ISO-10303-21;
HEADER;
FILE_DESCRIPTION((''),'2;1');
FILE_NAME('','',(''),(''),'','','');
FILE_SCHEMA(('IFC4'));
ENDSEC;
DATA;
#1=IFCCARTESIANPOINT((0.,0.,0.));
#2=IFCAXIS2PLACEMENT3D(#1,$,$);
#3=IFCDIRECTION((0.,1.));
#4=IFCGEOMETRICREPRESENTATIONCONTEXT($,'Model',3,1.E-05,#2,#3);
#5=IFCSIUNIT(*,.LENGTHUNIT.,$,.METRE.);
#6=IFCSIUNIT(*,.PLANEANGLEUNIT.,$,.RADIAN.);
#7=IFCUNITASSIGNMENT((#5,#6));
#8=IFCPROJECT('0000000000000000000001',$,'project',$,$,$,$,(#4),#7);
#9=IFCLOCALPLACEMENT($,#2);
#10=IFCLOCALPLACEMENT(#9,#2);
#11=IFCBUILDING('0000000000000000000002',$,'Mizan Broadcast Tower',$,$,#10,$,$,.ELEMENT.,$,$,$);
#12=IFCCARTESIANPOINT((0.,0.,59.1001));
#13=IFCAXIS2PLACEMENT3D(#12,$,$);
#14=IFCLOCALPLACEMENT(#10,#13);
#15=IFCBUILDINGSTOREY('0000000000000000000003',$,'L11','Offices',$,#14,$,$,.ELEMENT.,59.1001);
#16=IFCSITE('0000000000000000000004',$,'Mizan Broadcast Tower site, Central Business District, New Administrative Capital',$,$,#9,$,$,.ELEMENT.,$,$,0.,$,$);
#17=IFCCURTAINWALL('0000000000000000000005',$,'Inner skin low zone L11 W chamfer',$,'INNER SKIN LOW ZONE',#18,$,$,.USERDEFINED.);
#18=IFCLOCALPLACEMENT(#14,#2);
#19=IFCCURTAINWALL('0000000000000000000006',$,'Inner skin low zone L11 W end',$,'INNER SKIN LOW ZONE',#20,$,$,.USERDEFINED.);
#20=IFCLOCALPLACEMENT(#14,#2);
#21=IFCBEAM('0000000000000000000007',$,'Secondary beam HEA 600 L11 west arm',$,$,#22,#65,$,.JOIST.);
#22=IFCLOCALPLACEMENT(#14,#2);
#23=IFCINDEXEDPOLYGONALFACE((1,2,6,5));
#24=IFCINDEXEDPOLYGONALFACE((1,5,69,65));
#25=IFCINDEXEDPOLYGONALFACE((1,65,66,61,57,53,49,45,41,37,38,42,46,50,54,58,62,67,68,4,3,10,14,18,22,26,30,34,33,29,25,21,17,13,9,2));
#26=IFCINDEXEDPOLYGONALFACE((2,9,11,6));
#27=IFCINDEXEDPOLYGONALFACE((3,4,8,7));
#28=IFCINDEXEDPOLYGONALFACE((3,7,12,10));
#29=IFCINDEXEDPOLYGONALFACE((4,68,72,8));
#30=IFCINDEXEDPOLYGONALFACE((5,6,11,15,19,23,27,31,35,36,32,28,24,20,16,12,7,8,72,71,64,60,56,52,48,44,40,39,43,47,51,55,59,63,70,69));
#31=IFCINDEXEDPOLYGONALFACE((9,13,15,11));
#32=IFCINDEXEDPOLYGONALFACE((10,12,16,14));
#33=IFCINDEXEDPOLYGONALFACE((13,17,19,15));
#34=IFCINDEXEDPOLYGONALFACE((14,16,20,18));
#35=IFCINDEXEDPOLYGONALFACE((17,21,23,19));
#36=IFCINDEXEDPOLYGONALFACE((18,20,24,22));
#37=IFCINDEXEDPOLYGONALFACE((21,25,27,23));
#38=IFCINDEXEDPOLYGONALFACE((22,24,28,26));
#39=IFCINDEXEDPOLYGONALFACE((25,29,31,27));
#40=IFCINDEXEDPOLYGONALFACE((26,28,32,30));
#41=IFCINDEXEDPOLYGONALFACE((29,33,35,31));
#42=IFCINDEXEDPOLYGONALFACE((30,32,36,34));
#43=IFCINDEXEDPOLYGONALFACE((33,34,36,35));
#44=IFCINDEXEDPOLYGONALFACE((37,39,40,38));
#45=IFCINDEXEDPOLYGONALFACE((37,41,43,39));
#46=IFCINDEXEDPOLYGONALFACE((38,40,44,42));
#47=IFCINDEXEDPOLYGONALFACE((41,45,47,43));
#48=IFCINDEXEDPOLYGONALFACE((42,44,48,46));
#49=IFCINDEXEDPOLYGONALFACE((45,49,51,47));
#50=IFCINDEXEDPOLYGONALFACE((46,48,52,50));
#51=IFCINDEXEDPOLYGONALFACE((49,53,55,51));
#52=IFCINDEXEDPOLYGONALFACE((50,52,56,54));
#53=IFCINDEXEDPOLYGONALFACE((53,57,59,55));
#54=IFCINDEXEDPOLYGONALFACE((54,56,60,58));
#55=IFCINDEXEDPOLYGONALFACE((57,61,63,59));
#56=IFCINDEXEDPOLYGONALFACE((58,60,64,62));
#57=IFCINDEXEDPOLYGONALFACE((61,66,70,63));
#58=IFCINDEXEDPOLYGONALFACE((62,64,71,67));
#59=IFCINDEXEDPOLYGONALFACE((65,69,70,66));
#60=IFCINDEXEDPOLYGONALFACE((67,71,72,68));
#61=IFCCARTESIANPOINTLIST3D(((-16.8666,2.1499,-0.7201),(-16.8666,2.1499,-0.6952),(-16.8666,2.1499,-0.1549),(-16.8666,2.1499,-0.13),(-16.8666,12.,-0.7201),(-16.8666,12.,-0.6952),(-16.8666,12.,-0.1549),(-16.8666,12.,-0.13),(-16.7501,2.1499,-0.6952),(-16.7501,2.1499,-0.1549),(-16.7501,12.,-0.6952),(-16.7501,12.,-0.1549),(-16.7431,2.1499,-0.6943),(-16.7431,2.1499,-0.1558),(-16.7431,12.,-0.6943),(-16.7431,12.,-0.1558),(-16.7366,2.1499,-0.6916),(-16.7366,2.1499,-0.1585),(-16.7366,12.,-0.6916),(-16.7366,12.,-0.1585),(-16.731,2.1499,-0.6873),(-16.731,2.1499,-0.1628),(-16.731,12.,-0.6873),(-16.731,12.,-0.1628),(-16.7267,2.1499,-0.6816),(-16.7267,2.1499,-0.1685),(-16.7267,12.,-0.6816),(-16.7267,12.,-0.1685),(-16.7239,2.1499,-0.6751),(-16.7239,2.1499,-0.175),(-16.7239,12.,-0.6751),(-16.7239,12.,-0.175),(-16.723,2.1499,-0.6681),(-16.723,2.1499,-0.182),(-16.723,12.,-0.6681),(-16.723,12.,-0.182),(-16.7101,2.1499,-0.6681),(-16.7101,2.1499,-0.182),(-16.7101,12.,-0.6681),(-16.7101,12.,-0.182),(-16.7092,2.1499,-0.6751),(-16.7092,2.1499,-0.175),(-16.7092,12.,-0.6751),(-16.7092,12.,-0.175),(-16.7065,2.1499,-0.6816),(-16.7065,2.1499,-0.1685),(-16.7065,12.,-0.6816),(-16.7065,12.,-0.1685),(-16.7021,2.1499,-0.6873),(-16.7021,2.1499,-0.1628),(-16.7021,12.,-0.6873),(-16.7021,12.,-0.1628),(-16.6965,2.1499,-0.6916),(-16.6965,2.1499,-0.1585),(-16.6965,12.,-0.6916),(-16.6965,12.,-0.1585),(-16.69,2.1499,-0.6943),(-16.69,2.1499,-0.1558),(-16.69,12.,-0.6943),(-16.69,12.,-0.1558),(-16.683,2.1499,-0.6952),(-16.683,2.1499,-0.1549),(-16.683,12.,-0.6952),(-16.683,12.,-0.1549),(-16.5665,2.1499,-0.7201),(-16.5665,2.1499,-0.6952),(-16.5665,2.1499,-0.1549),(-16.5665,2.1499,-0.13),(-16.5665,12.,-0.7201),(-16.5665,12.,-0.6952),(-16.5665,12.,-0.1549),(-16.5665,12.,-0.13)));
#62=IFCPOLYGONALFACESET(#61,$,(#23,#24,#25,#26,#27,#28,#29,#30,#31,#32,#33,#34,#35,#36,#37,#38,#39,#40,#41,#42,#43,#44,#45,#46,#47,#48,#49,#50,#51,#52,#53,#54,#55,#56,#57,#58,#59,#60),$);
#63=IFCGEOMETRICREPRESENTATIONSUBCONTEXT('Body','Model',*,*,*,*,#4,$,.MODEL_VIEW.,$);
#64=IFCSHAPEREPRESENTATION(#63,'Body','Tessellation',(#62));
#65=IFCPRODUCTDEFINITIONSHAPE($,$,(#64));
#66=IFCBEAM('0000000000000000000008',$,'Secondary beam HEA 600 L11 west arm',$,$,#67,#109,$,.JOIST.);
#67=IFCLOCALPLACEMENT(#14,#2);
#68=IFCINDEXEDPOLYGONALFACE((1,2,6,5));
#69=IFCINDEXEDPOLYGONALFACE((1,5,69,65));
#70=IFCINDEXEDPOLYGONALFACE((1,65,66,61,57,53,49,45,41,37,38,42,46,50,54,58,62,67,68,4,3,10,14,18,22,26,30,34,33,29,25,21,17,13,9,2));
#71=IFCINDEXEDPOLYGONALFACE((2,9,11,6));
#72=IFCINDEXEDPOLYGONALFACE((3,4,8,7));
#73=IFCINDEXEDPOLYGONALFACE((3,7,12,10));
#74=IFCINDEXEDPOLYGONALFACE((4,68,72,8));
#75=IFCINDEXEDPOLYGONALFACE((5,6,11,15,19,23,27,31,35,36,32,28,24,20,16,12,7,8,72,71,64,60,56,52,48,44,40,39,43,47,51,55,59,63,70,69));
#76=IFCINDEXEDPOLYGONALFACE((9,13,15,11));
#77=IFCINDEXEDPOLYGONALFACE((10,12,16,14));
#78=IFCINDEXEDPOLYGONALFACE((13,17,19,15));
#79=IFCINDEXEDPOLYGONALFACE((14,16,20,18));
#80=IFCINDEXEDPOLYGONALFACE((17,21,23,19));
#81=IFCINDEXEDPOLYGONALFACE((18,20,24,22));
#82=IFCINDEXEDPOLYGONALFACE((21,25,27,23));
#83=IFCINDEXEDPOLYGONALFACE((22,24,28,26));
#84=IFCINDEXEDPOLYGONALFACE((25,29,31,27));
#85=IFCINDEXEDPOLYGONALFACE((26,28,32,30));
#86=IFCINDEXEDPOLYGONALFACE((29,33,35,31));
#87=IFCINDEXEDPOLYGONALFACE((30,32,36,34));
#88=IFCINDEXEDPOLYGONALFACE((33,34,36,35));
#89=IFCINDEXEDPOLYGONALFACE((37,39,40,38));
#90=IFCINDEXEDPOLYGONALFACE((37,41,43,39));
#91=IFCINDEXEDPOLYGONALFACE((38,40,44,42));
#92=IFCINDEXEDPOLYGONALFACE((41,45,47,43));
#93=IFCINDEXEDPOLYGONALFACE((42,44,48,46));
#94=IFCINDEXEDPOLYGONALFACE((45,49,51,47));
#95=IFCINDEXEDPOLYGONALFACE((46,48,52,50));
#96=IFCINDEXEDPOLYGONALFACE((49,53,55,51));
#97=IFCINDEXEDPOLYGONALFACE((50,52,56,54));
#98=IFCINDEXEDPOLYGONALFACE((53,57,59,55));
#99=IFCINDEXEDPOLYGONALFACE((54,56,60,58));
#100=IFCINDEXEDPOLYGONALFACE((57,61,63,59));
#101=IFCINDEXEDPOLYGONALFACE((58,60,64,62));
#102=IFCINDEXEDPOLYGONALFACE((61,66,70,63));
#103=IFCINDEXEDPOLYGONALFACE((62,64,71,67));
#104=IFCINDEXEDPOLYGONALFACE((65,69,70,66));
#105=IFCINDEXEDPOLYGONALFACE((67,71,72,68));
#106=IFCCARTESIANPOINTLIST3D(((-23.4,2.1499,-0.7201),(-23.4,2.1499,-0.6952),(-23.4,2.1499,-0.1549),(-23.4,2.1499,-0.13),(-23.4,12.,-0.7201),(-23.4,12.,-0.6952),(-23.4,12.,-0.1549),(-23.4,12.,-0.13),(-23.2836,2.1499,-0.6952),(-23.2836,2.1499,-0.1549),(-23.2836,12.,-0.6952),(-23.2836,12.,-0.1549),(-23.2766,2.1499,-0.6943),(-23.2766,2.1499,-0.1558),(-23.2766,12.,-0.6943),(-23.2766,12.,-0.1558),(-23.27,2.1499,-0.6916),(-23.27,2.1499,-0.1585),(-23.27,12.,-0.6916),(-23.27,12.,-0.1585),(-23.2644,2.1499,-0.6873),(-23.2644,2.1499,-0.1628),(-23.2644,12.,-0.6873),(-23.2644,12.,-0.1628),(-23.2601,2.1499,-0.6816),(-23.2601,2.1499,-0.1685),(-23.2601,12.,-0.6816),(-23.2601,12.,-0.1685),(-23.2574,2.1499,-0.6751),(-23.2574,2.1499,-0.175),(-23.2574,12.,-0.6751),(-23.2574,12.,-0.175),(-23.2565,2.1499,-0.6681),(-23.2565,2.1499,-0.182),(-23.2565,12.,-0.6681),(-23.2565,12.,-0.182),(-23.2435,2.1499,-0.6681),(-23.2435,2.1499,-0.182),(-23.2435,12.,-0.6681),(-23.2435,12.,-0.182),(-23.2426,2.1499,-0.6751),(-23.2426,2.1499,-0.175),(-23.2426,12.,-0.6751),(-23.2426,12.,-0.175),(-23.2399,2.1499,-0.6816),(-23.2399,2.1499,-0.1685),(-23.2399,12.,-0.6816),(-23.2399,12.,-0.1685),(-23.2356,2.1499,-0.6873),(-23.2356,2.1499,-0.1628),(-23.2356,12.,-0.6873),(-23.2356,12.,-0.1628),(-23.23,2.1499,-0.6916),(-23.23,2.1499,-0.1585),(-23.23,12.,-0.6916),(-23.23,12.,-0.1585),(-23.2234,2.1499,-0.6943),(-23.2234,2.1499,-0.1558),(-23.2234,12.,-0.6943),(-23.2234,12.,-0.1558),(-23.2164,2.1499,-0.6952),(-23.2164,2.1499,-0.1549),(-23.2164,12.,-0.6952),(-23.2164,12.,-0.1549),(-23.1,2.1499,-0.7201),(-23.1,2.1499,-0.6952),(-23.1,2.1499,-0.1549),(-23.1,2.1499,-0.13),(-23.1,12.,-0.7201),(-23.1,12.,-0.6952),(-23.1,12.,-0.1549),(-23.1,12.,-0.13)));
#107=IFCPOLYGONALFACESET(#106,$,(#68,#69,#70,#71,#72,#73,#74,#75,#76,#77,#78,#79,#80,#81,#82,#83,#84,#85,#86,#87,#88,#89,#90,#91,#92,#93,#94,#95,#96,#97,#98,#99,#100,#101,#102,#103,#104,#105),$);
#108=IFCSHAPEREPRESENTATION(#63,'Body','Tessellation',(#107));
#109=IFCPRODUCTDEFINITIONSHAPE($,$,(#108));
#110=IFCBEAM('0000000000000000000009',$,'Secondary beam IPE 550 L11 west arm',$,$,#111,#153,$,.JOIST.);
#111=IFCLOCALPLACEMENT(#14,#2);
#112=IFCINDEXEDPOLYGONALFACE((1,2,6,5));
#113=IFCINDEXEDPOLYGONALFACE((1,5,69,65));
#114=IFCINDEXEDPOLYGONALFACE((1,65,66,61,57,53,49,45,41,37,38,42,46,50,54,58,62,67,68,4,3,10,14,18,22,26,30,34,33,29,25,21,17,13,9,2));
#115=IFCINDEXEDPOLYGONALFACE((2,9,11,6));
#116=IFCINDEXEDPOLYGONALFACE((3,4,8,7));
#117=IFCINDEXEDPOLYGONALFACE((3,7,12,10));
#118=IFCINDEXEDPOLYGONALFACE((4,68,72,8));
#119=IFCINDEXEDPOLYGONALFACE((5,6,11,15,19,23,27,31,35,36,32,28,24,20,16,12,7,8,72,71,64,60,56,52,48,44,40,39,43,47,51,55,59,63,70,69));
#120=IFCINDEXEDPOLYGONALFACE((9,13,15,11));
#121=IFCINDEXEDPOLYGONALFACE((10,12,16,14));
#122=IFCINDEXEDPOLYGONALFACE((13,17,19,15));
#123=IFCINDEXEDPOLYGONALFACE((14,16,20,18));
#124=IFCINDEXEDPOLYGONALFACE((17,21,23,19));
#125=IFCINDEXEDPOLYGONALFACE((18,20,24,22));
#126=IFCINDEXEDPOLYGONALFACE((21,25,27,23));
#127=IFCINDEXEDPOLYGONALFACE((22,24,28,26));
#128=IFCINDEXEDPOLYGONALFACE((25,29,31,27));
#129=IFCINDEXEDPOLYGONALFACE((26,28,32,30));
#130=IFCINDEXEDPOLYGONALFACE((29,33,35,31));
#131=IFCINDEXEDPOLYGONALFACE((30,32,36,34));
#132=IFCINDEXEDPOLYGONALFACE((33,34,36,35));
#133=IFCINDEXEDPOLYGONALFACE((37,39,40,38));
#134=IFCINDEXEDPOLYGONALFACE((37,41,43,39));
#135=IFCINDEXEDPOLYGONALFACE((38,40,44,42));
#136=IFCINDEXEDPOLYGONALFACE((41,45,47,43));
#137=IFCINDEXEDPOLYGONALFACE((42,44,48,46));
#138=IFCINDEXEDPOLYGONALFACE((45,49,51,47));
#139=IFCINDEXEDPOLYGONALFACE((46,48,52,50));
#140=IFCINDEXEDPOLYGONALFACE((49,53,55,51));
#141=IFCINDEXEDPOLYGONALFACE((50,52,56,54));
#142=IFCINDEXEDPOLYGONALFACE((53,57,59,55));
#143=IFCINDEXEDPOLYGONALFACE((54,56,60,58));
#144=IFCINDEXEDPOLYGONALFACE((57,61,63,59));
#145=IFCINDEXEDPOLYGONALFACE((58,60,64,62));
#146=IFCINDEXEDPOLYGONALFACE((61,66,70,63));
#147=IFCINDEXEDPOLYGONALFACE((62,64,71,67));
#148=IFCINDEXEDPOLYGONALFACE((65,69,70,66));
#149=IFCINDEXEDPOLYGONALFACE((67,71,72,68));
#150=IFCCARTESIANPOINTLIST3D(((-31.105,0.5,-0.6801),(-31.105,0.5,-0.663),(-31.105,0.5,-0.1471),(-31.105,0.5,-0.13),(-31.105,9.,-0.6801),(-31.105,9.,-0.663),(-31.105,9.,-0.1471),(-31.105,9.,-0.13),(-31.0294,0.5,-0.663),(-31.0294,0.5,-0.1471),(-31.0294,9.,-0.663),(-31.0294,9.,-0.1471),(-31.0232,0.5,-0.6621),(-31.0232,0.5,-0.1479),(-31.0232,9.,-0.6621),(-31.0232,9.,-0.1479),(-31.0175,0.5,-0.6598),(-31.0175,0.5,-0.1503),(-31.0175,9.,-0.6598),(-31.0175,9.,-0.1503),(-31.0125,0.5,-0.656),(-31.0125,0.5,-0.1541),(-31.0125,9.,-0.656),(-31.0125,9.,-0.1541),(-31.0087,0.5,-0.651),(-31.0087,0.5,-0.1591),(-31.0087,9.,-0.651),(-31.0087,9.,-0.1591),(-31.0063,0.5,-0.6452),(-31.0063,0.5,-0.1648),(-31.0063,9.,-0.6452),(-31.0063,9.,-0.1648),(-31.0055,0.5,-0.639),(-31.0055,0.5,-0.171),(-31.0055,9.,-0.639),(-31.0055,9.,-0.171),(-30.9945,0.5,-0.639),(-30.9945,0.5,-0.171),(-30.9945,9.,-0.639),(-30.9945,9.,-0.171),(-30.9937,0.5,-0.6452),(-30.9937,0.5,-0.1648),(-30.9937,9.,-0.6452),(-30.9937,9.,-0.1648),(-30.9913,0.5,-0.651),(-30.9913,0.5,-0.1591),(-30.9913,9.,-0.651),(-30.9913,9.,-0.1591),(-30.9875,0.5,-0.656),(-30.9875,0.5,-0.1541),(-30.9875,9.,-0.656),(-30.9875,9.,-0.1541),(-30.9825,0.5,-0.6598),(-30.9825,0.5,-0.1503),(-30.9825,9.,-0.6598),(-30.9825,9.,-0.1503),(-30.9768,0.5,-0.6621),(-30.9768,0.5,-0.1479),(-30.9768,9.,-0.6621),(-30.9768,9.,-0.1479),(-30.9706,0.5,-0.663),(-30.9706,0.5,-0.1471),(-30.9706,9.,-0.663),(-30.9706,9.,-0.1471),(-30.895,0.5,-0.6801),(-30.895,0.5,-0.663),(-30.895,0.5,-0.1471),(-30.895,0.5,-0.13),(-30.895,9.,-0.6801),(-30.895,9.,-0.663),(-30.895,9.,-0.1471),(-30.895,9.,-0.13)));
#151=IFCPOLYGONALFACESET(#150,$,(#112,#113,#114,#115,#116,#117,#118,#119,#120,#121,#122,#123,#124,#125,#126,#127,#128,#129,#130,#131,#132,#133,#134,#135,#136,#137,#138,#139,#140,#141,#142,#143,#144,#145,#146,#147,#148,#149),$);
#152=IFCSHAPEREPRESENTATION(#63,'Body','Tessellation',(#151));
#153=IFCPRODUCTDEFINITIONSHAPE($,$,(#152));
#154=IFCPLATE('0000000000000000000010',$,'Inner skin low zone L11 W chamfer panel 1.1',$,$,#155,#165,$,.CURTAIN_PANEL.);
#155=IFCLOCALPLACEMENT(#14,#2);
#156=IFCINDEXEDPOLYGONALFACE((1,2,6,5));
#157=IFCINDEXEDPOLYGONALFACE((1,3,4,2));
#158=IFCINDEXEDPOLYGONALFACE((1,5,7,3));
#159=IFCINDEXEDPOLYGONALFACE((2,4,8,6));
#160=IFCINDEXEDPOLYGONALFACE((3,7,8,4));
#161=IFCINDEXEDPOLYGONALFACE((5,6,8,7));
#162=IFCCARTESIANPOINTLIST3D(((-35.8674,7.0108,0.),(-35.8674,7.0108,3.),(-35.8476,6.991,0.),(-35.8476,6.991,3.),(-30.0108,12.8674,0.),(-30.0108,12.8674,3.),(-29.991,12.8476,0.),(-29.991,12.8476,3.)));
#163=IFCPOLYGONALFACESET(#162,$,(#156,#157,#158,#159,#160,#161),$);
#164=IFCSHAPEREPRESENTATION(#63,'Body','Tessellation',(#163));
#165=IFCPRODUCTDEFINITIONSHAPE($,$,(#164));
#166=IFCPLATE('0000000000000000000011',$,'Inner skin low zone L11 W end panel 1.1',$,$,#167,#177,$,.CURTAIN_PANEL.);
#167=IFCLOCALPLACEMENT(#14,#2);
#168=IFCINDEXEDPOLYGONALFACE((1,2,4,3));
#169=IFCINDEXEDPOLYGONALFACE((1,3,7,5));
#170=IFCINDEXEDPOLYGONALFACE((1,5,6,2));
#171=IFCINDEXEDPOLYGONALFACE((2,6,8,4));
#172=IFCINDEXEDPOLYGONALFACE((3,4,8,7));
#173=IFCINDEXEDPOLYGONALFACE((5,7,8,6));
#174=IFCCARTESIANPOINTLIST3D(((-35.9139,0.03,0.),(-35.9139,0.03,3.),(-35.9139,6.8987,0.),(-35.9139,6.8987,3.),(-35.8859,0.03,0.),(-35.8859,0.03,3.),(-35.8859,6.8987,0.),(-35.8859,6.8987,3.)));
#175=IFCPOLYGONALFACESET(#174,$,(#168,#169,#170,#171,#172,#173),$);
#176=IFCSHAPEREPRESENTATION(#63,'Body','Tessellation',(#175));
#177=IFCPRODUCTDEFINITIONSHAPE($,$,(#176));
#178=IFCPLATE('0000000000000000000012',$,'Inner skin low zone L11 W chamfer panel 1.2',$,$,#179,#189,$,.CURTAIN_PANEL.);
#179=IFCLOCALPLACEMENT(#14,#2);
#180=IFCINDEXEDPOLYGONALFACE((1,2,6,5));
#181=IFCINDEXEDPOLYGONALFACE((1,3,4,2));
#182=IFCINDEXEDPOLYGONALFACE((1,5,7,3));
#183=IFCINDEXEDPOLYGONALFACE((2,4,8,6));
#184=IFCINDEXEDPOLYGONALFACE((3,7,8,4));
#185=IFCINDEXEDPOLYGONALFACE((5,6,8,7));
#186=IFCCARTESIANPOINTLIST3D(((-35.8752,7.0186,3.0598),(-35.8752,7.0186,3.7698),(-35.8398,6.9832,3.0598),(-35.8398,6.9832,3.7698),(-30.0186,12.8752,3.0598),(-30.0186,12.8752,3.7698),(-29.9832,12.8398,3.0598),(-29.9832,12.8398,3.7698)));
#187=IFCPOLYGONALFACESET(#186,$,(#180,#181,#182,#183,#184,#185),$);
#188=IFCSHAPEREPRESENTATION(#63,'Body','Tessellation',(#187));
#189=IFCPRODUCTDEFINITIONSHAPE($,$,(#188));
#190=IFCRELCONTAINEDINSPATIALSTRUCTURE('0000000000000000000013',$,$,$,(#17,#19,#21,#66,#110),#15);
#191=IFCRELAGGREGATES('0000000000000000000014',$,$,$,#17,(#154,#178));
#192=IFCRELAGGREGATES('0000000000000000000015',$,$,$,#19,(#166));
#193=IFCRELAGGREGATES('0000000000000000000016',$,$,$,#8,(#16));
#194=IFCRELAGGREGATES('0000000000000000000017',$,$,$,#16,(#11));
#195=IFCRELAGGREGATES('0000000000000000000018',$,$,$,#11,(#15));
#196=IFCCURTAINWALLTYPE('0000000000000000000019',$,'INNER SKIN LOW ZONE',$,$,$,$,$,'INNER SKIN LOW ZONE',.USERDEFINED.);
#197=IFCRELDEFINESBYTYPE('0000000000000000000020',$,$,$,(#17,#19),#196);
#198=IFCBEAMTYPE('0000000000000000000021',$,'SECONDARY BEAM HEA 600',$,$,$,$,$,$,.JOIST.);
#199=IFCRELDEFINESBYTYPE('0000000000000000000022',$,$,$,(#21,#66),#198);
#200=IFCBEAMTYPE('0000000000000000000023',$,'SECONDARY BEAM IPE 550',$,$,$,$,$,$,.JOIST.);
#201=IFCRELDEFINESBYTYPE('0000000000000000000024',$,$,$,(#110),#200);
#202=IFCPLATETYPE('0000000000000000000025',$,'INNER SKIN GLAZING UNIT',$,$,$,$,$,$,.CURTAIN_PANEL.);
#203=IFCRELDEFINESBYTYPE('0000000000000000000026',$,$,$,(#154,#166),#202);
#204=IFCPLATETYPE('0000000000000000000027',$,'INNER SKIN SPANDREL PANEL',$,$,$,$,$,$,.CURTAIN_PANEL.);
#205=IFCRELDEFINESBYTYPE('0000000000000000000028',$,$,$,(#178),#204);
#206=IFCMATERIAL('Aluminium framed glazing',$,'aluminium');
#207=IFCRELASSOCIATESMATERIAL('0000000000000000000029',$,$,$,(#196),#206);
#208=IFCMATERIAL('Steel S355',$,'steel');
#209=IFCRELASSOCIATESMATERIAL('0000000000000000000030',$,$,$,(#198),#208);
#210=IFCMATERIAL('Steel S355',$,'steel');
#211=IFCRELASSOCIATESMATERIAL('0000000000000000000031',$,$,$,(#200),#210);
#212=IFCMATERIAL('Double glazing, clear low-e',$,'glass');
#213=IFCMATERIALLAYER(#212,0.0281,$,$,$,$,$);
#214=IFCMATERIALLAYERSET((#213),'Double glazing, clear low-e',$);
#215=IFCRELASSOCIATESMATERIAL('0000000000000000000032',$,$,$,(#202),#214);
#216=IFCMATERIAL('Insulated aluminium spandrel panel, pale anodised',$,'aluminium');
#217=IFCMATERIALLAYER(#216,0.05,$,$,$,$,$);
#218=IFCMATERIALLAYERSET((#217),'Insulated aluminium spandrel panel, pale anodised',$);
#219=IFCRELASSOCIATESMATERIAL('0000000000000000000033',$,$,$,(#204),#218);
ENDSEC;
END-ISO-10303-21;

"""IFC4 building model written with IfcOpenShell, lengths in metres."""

from ifc_helpers import new_model, si_unit, direction, frame, origin, origin_2d, place, context, subcontext, project, spatial, rectangle, i_section, extrude, material, layer, layer_set, material_profile, profile_set, type_object, element, aggregate, save


model = new_model("IFC4")

# Units and contexts
model_context = context("Model", 3, precision=1e-05, world=origin(), true_north=direction((0.0, 1.0)))
body_context = subcontext(model_context, "Body", "Model", "MODEL_VIEW")
ifc_project = project(units=[si_unit("LENGTHUNIT", "METRE"), si_unit("PLANEANGLEUNIT", "RADIAN")], contexts=[model_context])

# Site, building, storey
site_placement = place(None, origin())
site = spatial("IfcSite", under=ifc_project, at=site_placement, Name="Mizan Broadcast Tower site, Central Business District, New Administrative Capital", CompositionType="ELEMENT", RefElevation=0.0)
building_placement = place(site_placement, origin())
building = spatial("IfcBuilding", under=site, at=building_placement, Name="Mizan Broadcast Tower", CompositionType="ELEMENT")
storey_placement = place(building_placement, frame((0.0, 0.0, 59.1001)))
storey = spatial("IfcBuildingStorey", under=building, at=storey_placement, Name="L11", Description="Offices", CompositionType="ELEMENT", Elevation=59.1001)

# Curtain walls
ifc_material_1 = material(Name="Aluminium framed glazing", Category="aluminium")
curtain_wall_type_1 = type_object("IfcCurtainWallType", Name="INNER SKIN LOW ZONE", ElementType="INNER SKIN LOW ZONE", PredefinedType="USERDEFINED", material=ifc_material_1)
curtain_wall_1_placement = place(storey_placement, origin())
curtain_wall_1 = element("IfcCurtainWall", 1, at=curtain_wall_1_placement, inside=storey, type_object=curtain_wall_type_1, Name="Inner skin low zone L11 W chamfer", ObjectType="INNER SKIN LOW ZONE", PredefinedType="USERDEFINED")
curtain_wall_2_placement = place(storey_placement, origin())
curtain_wall_2 = element("IfcCurtainWall", 2, at=curtain_wall_2_placement, inside=storey, type_object=curtain_wall_type_1, Name="Inner skin low zone L11 W end", ObjectType="INNER SKIN LOW ZONE", PredefinedType="USERDEFINED")

# Beams
ifc_material_2 = material(Name="Steel S355", Category="steel")
ifc_material_profile_1 = material_profile(ifc_material_2, i_section(OverallWidth=0.3, OverallDepth=0.5901, WebThickness=0.0129, FlangeThickness=0.0249, FilletRadius=0.0271, at=origin_2d()), Name="HEA 600")
ifc_profile_set_1 = profile_set([ifc_material_profile_1], Name="Steel S355")
beam_type_1 = type_object("IfcBeamType", Name="SECONDARY BEAM HEA 600", PredefinedType="JOIST", material=ifc_profile_set_1)
for number, where, z_axis, x_axis, name in (
    (3, (-16.7166, 12.0, -0.425), (0.0, -1.0, 0.0), (1.0, 0.0, 0.0), "Secondary beam HEA 600 L11 west arm"),
    (4, (-23.25, 12.0, -0.425), (0.0, -1.0, 0.0), (1.0, 0.0, 0.0), "Secondary beam HEA 600 L11 west arm"),
):
    element("IfcBeam", number, at=place(storey_placement, frame(where, z_axis=z_axis, x_axis=x_axis)), inside=storey, type_object=beam_type_1, Name=name, PredefinedType="JOIST", context=body_context, shape_type="SweptSolid", body=[
        extrude(i_section(OverallWidth=0.3, OverallDepth=0.5901, WebThickness=0.0129, FlangeThickness=0.0249, FilletRadius=0.0271, at=origin_2d()), origin(), (0.0, 0.0, 1.0), 9.8501),
    ])
ifc_material_3 = material(Name="Steel S355", Category="steel")
ifc_material_profile_2 = material_profile(ifc_material_3, i_section(OverallWidth=0.21, OverallDepth=0.55, WebThickness=0.011, FlangeThickness=0.0171, FilletRadius=0.0239, at=origin_2d()), Name="IPE 550")
ifc_profile_set_2 = profile_set([ifc_material_profile_2], Name="Steel S355")
beam_type_2 = type_object("IfcBeamType", Name="SECONDARY BEAM IPE 550", PredefinedType="JOIST", material=ifc_profile_set_2)
beam_1_placement = place(storey_placement, frame((-31.0, 9.0, -0.405), z_axis=(0.0, -1.0, 0.0), x_axis=(1.0, 0.0, 0.0)))
element("IfcBeam", 5, at=beam_1_placement, inside=storey, type_object=beam_type_2, Name="Secondary beam IPE 550 L11 west arm", PredefinedType="JOIST", context=body_context, shape_type="SweptSolid", body=[
    extrude(i_section(OverallWidth=0.21, OverallDepth=0.55, WebThickness=0.011, FlangeThickness=0.0171, FilletRadius=0.0239, at=origin_2d()), origin(), (0.0, 0.0, 1.0), 8.5),
])

# Plates
ifc_material_4 = material(Name="Double glazing, clear low-e", Category="glass")
ifc_layer_1 = layer(ifc_material_4, 0.0281)
ifc_layer_set_1 = layer_set([ifc_layer_1], Name="Double glazing, clear low-e")
plate_type_1 = type_object("IfcPlateType", Name="INNER SKIN GLAZING UNIT", PredefinedType="CURTAIN_PANEL", material=ifc_layer_set_1)
plate_1_placement = place(storey_placement, frame((-32.9292, 9.9292, 0.0), z_axis=(0.0, 0.0, 1.0), x_axis=(-0.707107, -0.707107, 0.0)))
plate_1 = element("IfcPlate", 6, at=plate_1_placement, type_object=plate_type_1, Name="Inner skin low zone L11 W chamfer panel 1.1", PredefinedType="CURTAIN_PANEL", context=body_context, shape_type="SweptSolid", body=[
    extrude(rectangle(XDim=8.2825, YDim=0.0281, at=origin_2d()), origin(), (0.0, 0.0, 1.0), 3.0),
])
plate_2_placement = place(storey_placement, frame((-35.8999, 3.4644, 0.0), z_axis=(0.0, 0.0, 1.0), x_axis=(0.0, -1.0, 0.0)))
plate_2 = element("IfcPlate", 7, at=plate_2_placement, type_object=plate_type_1, Name="Inner skin low zone L11 W end panel 1.1", PredefinedType="CURTAIN_PANEL", context=body_context, shape_type="SweptSolid", body=[
    extrude(rectangle(XDim=6.8687, YDim=0.0281, at=origin_2d()), origin(), (0.0, 0.0, 1.0), 3.0),
])
ifc_material_5 = material(Name="Insulated aluminium spandrel panel, pale anodised", Category="aluminium")
ifc_layer_2 = layer(ifc_material_5, 0.05)
ifc_layer_set_2 = layer_set([ifc_layer_2], Name="Insulated aluminium spandrel panel, pale anodised")
plate_type_2 = type_object("IfcPlateType", Name="INNER SKIN SPANDREL PANEL", PredefinedType="CURTAIN_PANEL", material=ifc_layer_set_2)
plate_3_placement = place(storey_placement, frame((-32.9292, 9.9292, 3.0598), z_axis=(0.0, 0.0, 1.0), x_axis=(-0.707107, -0.707107, 0.0)))
plate_3 = element("IfcPlate", 8, at=plate_3_placement, type_object=plate_type_2, Name="Inner skin low zone L11 W chamfer panel 1.2", PredefinedType="CURTAIN_PANEL", context=body_context, shape_type="SweptSolid", body=[
    extrude(rectangle(XDim=8.2825, YDim=0.05, at=origin_2d()), origin(), (0.0, 0.0, 1.0), 0.71),
])
aggregate(curtain_wall_1, [plate_1, plate_3])
aggregate(curtain_wall_2, [plate_2])

save(model, "model.ifc")
